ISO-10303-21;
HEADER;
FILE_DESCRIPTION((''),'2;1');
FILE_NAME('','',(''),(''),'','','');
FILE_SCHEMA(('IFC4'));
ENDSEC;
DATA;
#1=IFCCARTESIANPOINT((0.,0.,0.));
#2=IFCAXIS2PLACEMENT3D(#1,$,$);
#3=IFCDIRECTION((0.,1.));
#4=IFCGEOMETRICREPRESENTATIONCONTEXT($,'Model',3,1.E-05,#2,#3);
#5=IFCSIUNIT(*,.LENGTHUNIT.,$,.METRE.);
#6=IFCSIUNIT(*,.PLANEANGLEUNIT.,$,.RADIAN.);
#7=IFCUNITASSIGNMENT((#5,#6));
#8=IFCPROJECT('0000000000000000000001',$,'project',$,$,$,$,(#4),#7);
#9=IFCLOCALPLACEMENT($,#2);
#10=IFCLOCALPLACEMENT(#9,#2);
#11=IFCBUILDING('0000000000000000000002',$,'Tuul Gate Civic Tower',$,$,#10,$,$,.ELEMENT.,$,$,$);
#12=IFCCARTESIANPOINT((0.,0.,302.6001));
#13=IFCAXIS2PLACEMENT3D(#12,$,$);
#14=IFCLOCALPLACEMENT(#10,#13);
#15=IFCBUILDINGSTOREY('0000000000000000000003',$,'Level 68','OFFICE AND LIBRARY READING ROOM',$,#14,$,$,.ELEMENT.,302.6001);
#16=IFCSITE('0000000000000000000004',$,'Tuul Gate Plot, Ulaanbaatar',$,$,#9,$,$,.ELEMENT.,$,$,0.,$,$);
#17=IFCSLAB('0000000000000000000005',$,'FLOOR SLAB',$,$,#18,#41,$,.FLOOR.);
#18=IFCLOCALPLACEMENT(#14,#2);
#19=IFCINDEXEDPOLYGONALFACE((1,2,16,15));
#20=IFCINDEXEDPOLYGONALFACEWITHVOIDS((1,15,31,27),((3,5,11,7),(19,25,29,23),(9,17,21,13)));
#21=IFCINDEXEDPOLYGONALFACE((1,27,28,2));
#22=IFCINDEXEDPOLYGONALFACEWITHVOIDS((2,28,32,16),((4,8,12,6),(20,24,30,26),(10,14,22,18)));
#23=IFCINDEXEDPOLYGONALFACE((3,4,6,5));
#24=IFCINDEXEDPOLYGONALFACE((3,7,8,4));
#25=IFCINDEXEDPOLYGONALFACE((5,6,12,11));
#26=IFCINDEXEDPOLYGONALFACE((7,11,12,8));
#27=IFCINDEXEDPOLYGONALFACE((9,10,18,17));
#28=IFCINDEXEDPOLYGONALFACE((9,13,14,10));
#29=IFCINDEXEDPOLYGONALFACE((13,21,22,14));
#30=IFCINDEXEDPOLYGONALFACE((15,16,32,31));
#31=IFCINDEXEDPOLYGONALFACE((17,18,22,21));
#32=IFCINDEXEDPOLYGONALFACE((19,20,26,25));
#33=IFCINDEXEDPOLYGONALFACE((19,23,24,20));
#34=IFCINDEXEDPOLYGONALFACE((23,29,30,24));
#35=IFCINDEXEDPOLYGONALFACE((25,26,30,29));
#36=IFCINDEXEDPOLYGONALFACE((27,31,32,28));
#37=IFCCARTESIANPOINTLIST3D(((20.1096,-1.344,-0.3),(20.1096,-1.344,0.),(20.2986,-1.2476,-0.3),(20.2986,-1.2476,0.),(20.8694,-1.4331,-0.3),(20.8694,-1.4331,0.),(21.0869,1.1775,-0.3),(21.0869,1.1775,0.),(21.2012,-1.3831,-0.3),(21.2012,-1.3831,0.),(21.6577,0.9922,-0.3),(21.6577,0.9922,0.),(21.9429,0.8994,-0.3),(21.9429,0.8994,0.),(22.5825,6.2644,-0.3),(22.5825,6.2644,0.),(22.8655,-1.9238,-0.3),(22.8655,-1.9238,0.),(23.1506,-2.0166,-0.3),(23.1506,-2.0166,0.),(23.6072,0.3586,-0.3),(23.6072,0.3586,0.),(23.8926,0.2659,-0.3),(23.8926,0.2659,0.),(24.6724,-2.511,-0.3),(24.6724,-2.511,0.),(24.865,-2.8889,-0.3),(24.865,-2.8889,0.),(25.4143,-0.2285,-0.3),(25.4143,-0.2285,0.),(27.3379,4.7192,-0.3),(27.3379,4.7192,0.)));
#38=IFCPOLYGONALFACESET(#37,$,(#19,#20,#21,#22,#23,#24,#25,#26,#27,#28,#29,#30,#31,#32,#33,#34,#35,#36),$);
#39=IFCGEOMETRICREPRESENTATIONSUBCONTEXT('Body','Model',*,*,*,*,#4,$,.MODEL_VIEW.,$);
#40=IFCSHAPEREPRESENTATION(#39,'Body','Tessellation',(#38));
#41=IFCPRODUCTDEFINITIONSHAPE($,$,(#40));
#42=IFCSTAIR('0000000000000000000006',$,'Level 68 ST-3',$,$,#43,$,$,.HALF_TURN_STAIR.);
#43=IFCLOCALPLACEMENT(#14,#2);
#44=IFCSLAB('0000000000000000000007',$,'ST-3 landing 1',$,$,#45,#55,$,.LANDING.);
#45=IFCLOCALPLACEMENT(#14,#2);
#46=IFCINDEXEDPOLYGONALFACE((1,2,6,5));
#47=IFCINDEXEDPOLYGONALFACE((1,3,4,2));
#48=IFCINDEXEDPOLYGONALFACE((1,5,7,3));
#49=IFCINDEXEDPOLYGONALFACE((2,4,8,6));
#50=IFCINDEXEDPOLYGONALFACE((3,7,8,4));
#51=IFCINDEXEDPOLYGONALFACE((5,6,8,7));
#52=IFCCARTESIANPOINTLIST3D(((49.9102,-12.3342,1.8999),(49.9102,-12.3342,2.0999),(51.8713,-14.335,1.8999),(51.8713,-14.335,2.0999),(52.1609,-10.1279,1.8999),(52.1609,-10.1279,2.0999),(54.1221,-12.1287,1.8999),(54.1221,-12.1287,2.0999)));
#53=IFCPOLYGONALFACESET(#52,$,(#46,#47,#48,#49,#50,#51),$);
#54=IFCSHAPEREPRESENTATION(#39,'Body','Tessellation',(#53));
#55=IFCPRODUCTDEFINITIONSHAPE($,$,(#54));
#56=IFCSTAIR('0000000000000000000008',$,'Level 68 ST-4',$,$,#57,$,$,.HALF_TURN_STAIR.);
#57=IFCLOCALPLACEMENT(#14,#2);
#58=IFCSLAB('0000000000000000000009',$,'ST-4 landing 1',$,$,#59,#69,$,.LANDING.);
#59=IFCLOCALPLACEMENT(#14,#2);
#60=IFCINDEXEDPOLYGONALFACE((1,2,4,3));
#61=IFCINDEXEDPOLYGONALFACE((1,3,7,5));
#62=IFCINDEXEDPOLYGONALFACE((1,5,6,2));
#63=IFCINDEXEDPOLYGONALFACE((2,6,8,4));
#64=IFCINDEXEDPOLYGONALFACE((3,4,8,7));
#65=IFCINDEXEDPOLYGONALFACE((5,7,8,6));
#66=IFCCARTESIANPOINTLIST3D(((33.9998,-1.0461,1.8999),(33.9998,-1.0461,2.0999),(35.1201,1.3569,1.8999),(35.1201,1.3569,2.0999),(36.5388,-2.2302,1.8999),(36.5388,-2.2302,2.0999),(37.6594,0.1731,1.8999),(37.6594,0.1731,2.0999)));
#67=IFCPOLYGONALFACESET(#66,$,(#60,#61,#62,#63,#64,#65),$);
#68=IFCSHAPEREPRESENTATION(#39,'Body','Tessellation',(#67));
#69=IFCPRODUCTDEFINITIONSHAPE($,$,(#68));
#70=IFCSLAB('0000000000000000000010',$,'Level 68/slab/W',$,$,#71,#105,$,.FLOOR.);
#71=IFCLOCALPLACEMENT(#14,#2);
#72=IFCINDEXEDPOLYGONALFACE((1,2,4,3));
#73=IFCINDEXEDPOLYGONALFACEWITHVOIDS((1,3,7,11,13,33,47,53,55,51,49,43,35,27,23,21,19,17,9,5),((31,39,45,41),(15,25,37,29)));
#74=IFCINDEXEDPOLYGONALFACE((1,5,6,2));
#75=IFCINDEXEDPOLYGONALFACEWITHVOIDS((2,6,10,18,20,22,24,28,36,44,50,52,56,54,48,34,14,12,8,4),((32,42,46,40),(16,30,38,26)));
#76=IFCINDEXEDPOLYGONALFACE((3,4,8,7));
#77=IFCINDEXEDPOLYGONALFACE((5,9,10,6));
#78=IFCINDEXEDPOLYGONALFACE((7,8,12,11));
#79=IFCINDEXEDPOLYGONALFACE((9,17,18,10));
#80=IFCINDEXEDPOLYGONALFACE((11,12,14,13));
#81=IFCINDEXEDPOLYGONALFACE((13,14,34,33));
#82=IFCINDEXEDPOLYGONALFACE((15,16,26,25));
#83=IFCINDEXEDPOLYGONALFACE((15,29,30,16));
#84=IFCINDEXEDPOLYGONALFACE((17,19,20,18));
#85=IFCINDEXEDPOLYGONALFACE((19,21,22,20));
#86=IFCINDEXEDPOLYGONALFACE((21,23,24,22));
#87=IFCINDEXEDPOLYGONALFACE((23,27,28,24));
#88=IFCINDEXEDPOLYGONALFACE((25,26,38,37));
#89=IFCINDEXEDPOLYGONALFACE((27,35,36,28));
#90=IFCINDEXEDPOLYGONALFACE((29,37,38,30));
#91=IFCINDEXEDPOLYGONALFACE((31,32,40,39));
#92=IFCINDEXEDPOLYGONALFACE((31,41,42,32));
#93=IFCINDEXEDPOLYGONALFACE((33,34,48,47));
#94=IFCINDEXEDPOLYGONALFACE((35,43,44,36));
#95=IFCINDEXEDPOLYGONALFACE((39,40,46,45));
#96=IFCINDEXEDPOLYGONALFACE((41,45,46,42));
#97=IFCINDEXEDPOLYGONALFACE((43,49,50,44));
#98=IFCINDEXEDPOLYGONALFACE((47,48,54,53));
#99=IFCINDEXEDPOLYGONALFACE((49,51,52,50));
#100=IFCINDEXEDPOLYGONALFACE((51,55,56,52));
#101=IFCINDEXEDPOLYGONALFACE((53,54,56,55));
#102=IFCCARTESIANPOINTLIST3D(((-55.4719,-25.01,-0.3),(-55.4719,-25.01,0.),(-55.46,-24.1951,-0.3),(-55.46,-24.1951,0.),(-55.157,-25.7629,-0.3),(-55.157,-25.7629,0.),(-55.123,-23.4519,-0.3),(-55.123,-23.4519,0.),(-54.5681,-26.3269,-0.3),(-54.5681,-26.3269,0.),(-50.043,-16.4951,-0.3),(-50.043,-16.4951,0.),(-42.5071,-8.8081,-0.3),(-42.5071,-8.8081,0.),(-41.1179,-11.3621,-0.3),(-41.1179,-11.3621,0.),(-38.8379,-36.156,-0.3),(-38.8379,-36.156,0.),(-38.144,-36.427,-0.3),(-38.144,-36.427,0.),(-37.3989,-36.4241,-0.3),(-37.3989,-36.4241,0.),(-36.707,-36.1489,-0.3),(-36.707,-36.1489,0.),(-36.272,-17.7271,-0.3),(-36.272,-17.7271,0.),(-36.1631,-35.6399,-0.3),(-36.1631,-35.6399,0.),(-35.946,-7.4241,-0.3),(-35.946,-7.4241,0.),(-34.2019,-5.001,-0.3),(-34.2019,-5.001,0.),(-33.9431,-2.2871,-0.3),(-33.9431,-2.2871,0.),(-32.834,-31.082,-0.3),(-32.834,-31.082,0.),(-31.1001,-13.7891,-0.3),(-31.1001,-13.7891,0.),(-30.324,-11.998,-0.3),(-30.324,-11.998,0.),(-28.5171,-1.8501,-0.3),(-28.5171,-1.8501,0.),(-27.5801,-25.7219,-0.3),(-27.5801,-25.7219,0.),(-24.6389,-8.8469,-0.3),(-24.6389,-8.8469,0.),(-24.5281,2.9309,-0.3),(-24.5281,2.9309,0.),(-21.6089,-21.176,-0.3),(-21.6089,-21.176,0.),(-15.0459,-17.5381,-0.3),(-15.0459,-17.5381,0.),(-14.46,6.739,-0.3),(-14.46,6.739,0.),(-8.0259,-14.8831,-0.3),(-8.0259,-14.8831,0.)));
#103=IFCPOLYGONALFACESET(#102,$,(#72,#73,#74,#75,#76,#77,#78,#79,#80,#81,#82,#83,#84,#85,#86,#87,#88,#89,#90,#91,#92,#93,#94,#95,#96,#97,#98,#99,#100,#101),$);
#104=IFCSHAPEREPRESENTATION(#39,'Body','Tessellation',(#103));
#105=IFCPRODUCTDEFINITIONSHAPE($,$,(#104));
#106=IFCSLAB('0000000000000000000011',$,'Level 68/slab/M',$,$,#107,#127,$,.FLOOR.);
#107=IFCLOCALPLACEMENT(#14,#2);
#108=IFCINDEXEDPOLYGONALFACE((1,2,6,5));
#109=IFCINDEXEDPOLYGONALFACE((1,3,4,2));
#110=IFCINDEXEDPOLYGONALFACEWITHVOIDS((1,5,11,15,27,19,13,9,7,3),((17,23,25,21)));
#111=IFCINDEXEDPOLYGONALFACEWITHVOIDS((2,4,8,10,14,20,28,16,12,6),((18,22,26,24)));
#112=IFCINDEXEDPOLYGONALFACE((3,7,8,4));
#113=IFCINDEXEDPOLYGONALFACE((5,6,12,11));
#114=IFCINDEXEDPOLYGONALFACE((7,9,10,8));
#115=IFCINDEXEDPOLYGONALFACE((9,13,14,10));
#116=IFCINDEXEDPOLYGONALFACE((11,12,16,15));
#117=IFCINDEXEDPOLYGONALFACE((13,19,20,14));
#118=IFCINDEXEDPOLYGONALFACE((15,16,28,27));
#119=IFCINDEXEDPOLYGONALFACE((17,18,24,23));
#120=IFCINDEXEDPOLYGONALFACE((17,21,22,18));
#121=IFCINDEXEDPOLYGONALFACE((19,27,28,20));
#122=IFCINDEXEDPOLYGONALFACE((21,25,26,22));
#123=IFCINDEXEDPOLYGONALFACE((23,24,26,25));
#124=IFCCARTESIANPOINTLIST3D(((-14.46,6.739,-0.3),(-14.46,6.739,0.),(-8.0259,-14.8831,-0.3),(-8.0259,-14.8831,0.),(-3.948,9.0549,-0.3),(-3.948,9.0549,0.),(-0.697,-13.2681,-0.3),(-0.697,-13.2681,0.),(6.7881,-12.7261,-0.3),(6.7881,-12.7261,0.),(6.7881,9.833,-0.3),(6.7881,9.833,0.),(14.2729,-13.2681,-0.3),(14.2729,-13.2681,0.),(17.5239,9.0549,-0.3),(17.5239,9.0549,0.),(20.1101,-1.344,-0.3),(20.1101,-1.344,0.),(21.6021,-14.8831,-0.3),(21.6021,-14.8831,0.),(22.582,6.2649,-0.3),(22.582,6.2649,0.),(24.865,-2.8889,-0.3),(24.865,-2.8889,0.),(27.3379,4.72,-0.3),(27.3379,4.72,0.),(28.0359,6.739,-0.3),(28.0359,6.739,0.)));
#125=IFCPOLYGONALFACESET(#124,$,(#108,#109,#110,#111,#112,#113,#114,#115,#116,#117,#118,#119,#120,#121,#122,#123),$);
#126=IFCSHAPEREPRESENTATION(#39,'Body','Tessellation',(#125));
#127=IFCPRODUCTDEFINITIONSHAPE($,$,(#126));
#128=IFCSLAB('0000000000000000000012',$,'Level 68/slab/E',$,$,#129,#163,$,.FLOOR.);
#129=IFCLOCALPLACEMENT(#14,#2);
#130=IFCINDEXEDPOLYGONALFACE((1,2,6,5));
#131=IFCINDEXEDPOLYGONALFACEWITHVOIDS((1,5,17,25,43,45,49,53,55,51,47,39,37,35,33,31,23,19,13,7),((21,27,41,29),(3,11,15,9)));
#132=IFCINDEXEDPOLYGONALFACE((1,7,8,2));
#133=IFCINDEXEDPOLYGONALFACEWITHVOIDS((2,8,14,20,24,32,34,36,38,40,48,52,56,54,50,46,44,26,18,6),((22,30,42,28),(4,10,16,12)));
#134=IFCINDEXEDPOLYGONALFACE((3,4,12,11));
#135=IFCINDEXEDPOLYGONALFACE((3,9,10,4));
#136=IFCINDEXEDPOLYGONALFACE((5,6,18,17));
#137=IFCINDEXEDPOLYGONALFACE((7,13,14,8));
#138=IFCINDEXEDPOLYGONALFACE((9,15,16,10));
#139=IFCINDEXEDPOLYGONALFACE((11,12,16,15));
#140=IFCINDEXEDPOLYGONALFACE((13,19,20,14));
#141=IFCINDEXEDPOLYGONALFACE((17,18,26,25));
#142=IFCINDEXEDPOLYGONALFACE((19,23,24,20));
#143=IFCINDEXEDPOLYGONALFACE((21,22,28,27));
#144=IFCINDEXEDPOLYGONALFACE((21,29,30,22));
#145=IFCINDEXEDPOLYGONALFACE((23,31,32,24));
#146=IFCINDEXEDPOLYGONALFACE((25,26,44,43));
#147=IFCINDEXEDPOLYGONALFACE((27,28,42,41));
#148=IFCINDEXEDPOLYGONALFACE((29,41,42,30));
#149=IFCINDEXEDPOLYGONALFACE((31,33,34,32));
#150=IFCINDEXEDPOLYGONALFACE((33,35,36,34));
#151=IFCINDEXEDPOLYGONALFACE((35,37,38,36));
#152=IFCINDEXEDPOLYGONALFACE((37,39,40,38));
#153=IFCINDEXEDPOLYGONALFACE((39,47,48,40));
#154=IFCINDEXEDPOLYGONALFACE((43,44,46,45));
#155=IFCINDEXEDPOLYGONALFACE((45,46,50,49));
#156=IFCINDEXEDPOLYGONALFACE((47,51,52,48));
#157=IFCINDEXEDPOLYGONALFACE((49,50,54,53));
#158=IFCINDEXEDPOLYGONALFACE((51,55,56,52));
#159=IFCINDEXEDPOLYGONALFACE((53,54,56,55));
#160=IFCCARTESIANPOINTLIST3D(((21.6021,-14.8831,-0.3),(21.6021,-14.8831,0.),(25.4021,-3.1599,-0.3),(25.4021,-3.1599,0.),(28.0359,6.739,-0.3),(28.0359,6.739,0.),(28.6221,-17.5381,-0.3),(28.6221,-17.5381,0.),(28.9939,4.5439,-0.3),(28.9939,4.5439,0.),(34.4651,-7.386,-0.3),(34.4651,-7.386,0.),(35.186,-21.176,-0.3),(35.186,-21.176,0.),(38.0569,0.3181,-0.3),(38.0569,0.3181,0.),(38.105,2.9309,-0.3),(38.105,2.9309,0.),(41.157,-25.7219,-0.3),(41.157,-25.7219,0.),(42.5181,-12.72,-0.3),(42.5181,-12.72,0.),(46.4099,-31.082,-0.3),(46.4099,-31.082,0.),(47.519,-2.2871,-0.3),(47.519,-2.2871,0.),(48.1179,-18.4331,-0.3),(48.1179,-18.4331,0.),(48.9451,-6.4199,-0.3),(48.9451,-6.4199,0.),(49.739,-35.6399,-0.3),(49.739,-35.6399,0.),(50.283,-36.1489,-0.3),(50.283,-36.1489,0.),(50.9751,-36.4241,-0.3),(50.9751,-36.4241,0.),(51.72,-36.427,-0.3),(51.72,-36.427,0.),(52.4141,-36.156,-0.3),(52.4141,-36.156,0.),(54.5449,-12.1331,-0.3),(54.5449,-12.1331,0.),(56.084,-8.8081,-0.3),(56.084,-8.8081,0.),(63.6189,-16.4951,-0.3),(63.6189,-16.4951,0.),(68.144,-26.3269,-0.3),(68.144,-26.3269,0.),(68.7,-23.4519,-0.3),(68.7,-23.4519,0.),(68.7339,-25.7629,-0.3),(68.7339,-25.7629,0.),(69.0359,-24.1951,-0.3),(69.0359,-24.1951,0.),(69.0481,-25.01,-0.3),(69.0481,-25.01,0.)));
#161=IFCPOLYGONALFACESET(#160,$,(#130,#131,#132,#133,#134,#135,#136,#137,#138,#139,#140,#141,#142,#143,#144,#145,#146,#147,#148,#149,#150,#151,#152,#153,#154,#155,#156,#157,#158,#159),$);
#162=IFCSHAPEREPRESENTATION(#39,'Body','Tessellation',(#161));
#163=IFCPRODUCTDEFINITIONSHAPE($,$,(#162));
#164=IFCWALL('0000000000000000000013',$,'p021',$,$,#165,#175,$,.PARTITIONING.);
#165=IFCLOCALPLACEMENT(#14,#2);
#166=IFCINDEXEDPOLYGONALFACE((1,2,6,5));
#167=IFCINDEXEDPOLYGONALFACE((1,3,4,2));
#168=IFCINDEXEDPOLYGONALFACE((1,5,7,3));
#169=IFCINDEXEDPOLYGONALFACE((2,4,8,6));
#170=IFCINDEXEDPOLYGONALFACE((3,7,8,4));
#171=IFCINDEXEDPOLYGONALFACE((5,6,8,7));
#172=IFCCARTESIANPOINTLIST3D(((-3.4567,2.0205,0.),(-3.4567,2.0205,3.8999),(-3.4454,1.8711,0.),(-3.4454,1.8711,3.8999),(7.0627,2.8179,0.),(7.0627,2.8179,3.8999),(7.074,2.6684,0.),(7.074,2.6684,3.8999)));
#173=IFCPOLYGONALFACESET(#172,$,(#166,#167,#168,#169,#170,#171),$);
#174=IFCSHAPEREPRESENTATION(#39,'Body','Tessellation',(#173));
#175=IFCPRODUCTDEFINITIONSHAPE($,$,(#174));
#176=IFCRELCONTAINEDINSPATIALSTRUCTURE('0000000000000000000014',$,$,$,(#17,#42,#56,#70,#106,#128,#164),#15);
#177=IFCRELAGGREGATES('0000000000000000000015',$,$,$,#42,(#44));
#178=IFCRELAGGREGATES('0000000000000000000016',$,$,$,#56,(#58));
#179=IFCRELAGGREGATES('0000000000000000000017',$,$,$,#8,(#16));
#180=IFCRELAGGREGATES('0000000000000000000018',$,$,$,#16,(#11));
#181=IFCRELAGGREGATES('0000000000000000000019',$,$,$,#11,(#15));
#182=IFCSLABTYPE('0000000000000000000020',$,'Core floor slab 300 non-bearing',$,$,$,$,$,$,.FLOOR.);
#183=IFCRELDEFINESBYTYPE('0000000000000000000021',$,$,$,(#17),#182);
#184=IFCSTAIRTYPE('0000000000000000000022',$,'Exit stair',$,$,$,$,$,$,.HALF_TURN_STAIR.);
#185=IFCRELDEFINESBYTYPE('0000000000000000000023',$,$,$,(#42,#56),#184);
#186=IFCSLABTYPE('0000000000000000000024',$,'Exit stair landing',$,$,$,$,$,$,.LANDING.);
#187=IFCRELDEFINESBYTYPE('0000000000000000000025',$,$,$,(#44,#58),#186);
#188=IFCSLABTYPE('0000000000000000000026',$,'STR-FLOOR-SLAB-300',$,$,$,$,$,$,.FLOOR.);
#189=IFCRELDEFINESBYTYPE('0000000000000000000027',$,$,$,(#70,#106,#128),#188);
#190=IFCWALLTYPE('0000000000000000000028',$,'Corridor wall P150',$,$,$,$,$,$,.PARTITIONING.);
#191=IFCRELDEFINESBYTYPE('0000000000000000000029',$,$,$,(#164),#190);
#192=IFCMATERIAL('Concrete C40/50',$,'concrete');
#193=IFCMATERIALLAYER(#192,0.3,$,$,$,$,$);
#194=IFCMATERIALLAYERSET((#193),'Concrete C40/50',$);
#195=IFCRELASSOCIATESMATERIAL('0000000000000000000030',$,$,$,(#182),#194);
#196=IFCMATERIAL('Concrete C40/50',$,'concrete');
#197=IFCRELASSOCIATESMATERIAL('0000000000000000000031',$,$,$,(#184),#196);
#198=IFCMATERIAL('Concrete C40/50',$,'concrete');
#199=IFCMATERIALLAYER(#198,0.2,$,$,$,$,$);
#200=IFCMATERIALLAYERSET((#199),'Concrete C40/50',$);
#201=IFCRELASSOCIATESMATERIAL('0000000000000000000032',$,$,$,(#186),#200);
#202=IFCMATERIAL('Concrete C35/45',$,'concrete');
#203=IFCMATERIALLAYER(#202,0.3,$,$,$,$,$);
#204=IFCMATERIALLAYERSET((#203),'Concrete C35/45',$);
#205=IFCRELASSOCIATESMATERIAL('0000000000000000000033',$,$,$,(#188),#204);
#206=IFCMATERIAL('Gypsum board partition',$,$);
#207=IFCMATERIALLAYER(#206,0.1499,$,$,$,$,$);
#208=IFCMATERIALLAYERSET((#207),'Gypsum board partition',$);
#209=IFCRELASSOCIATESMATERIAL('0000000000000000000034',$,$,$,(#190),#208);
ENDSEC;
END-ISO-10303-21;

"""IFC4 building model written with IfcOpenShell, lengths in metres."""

from ifc_helpers import new_model, si_unit, direction, frame, frame_2d, origin, place, context, subcontext, project, spatial, polyline, rectangle, outline, extrude, material, layer, layer_set, type_object, element, aggregate, save


model = new_model("IFC4")

# Units and contexts
model_context = context("Model", 3, precision=1e-05, world=origin(), true_north=direction((0.0, 1.0)))
body_context = subcontext(model_context, "Body", "Model", "MODEL_VIEW")
ifc_project = project(units=[si_unit("LENGTHUNIT", "METRE"), si_unit("PLANEANGLEUNIT", "RADIAN")], contexts=[model_context])

# Site, building, storey
site_placement = place(None, origin())
site = spatial("IfcSite", under=ifc_project, at=site_placement, Name="Tuul Gate Plot, Ulaanbaatar", CompositionType="ELEMENT", RefElevation=0.0)
building_placement = place(site_placement, origin())
building = spatial("IfcBuilding", under=site, at=building_placement, Name="Tuul Gate Civic Tower", CompositionType="ELEMENT")
storey_placement = place(building_placement, frame((0.0, 0.0, 302.6001)))
storey = spatial("IfcBuildingStorey", under=building, at=storey_placement, Name="Level 68", Description="OFFICE AND LIBRARY READING ROOM", CompositionType="ELEMENT", Elevation=302.6001)

# Slab
ifc_material_1 = material(Name="Concrete C40/50", Category="concrete")
ifc_layer_1 = layer(ifc_material_1, 0.3)
ifc_layer_set_1 = layer_set([ifc_layer_1], Name="Concrete C40/50")
slab_type_1 = type_object("IfcSlabType", Name="Core floor slab 300 non-bearing", PredefinedType="FLOOR", material=ifc_layer_set_1)
slab_1_placement = place(storey_placement, frame((0.0, 0.0, -0.3)))
element("IfcSlab", 1, at=slab_1_placement, inside=storey, type_object=slab_type_1, Name="FLOOR SLAB", PredefinedType="FLOOR", context=body_context, shape_type="SweptSolid", body=[
    extrude(outline(polyline([(24.865, -2.8889), (27.3379, 4.7192), (22.5825, 6.2644), (20.1096, -1.344), (24.865, -2.8889)]), holes=[polyline([(24.6724, -2.511), (25.4143, -0.2285), (23.8926, 0.2659), (23.1506, -2.0166), (24.6724, -2.511)]), polyline([(22.8655, -1.9238), (23.6072, 0.3586), (21.9429, 0.8994), (21.2012, -1.3831), (22.8655, -1.9238)]), polyline([(20.8694, -1.4331), (21.6577, 0.9922), (21.0869, 1.1775), (20.2986, -1.2476), (20.8694, -1.4331)])]), origin(), (0.0, 0.0, 1.0), 0.3),
])

# Stairs, slabs
ifc_material_2 = material(Name="Concrete C40/50", Category="concrete")
stair_type = type_object("IfcStairType", Name="Exit stair", PredefinedType="HALF_TURN_STAIR", material=ifc_material_2)
stair_1_placement = place(storey_placement, origin())
stair_1 = element("IfcStair", 2, at=stair_1_placement, inside=storey, type_object=stair_type, Name="Level 68 ST-3", PredefinedType="HALF_TURN_STAIR")
ifc_material_3 = material(Name="Concrete C40/50", Category="concrete")
ifc_layer_2 = layer(ifc_material_3, 0.2)
ifc_layer_set_2 = layer_set([ifc_layer_2], Name="Concrete C40/50")
slab_type_2 = type_object("IfcSlabType", Name="Exit stair landing", PredefinedType="LANDING", material=ifc_layer_set_2)
slab_2_placement = place(storey_placement, frame((0.0, 0.0, 1.8999)))
slab_2 = element("IfcSlab", 3, at=slab_2_placement, type_object=slab_type_2, Name="ST-3 landing 1", PredefinedType="LANDING", context=body_context, shape_type="SweptSolid", body=[
    extrude(outline(polyline([(51.8713, -14.335), (49.9102, -12.3342), (52.1609, -10.1279), (54.1221, -12.1287), (51.8713, -14.335)])), origin(), (0.0, 0.0, 1.0), 0.2),
])
aggregate(stair_1, [slab_2])
stair_2_placement = place(storey_placement, origin())
stair_2 = element("IfcStair", 4, at=stair_2_placement, inside=storey, type_object=stair_type, Name="Level 68 ST-4", PredefinedType="HALF_TURN_STAIR")
slab_3_placement = place(storey_placement, frame((0.0, 0.0, 1.8999)))
slab_3 = element("IfcSlab", 5, at=slab_3_placement, type_object=slab_type_2, Name="ST-4 landing 1", PredefinedType="LANDING", context=body_context, shape_type="SweptSolid", body=[
    extrude(outline(polyline([(36.5388, -2.2302), (33.9998, -1.0461), (35.1201, 1.3569), (37.6594, 0.1731), (36.5388, -2.2302)])), origin(), (0.0, 0.0, 1.0), 0.2),
])
aggregate(stair_2, [slab_3])

# Slabs
ifc_material_4 = material(Name="Concrete C35/45", Category="concrete")
ifc_layer_3 = layer(ifc_material_4, 0.3)
ifc_layer_set_3 = layer_set([ifc_layer_3], Name="Concrete C35/45")
slab_type_3 = type_object("IfcSlabType", Name="STR-FLOOR-SLAB-300", PredefinedType="FLOOR", material=ifc_layer_set_3)
slab_4_placement = place(storey_placement, frame((0.0, 0.0, -0.3)))
element("IfcSlab", 6, at=slab_4_placement, inside=storey, type_object=slab_type_3, Name="Level 68/slab/W", PredefinedType="FLOOR", context=body_context, shape_type="SweptSolid", body=[
    extrude(outline(polyline([(-8.0259, -14.8831), (-14.46, 6.739), (-24.5281, 2.9309), (-33.9431, -2.2871), (-42.5071, -8.8081), (-50.043, -16.4951), (-55.123, -23.4519), (-55.46, -24.1951), (-55.4719, -25.01), (-55.157, -25.7629), (-54.5681, -26.3269), (-38.8379, -36.156), (-38.144, -36.427), (-37.3989, -36.4241), (-36.707, -36.1489), (-36.1631, -35.6399), (-32.834, -31.082), (-27.5801, -25.7219), (-21.6089, -21.176), (-15.0459, -17.5381), (-8.0259, -14.8831)]), holes=[polyline([(-31.1001, -13.7891), (-36.272, -17.7271), (-41.1179, -11.3621), (-35.946, -7.4241), (-31.1001, -13.7891)]), polyline([(-24.6389, -8.8469), (-30.324, -11.998), (-34.2019, -5.001), (-28.5171, -1.8501), (-24.6389, -8.8469)])]), origin(), (0.0, 0.0, 1.0), 0.3),
])
slab_5_placement = place(storey_placement, frame((0.0, 0.0, -0.3)))
element("IfcSlab", 7, at=slab_5_placement, inside=storey, type_object=slab_type_3, Name="Level 68/slab/M", PredefinedType="FLOOR", context=body_context, shape_type="SweptSolid", body=[
    extrude(outline(polyline([(21.6021, -14.8831), (28.0359, 6.739), (17.5239, 9.0549), (6.7881, 9.833), (-3.948, 9.0549), (-14.46, 6.739), (-8.0259, -14.8831), (-0.697, -13.2681), (6.7881, -12.7261), (14.2729, -13.2681), (21.6021, -14.8831)]), holes=[polyline([(20.1101, -1.344), (22.582, 6.2649), (27.3379, 4.72), (24.865, -2.8889), (20.1101, -1.344)])]), origin(), (0.0, 0.0, 1.0), 0.3),
])
slab_6_placement = place(storey_placement, frame((0.0, 0.0, -0.3)))
element("IfcSlab", 8, at=slab_6_placement, inside=storey, type_object=slab_type_3, Name="Level 68/slab/E", PredefinedType="FLOOR", context=body_context, shape_type="SweptSolid", body=[
    extrude(outline(polyline([(51.72, -36.427), (52.4141, -36.156), (68.144, -26.3269), (68.7339, -25.7629), (69.0481, -25.01), (69.0359, -24.1951), (68.7, -23.4519), (63.6189, -16.4951), (56.084, -8.8081), (47.519, -2.2871), (38.105, 2.9309), (28.0359, 6.739), (21.6021, -14.8831), (28.6221, -17.5381), (35.186, -21.176), (41.157, -25.7219), (46.4099, -31.082), (49.739, -35.6399), (50.283, -36.1489), (50.9751, -36.4241), (51.72, -36.427)]), holes=[polyline([(48.1179, -18.4331), (42.5181, -12.72), (48.9451, -6.4199), (54.5449, -12.1331), (48.1179, -18.4331)]), polyline([(25.4021, -3.1599), (28.9939, 4.5439), (38.0569, 0.3181), (34.4651, -7.386), (25.4021, -3.1599)])]), origin(), (0.0, 0.0, 1.0), 0.3),
])

# Wall
ifc_material_5 = material(Name="Gypsum board partition")
ifc_layer_4 = layer(ifc_material_5, 0.1499)
ifc_layer_set_4 = layer_set([ifc_layer_4], Name="Gypsum board partition")
wall_type_1 = type_object("IfcWallType", Name="Corridor wall P150", PredefinedType="PARTITIONING", material=ifc_layer_set_4)
wall_1_placement = place(storey_placement, frame((-3.4512, 1.9458, 0.0), z_axis=(0.0, 0.0, 1.0), x_axis=(0.997139, 0.075583, 0.0)))
element("IfcWall", 9, at=wall_1_placement, inside=storey, type_object=wall_type_1, Name="p021", PredefinedType="PARTITIONING", context=body_context, shape_type="SweptSolid", body=[
    extrude(rectangle(XDim=10.5496, YDim=0.1499, at=frame_2d((5.2749, 0.0))), origin(), (0.0, 0.0, 1.0), 3.8999),
])

save(model, "model.ifc")
